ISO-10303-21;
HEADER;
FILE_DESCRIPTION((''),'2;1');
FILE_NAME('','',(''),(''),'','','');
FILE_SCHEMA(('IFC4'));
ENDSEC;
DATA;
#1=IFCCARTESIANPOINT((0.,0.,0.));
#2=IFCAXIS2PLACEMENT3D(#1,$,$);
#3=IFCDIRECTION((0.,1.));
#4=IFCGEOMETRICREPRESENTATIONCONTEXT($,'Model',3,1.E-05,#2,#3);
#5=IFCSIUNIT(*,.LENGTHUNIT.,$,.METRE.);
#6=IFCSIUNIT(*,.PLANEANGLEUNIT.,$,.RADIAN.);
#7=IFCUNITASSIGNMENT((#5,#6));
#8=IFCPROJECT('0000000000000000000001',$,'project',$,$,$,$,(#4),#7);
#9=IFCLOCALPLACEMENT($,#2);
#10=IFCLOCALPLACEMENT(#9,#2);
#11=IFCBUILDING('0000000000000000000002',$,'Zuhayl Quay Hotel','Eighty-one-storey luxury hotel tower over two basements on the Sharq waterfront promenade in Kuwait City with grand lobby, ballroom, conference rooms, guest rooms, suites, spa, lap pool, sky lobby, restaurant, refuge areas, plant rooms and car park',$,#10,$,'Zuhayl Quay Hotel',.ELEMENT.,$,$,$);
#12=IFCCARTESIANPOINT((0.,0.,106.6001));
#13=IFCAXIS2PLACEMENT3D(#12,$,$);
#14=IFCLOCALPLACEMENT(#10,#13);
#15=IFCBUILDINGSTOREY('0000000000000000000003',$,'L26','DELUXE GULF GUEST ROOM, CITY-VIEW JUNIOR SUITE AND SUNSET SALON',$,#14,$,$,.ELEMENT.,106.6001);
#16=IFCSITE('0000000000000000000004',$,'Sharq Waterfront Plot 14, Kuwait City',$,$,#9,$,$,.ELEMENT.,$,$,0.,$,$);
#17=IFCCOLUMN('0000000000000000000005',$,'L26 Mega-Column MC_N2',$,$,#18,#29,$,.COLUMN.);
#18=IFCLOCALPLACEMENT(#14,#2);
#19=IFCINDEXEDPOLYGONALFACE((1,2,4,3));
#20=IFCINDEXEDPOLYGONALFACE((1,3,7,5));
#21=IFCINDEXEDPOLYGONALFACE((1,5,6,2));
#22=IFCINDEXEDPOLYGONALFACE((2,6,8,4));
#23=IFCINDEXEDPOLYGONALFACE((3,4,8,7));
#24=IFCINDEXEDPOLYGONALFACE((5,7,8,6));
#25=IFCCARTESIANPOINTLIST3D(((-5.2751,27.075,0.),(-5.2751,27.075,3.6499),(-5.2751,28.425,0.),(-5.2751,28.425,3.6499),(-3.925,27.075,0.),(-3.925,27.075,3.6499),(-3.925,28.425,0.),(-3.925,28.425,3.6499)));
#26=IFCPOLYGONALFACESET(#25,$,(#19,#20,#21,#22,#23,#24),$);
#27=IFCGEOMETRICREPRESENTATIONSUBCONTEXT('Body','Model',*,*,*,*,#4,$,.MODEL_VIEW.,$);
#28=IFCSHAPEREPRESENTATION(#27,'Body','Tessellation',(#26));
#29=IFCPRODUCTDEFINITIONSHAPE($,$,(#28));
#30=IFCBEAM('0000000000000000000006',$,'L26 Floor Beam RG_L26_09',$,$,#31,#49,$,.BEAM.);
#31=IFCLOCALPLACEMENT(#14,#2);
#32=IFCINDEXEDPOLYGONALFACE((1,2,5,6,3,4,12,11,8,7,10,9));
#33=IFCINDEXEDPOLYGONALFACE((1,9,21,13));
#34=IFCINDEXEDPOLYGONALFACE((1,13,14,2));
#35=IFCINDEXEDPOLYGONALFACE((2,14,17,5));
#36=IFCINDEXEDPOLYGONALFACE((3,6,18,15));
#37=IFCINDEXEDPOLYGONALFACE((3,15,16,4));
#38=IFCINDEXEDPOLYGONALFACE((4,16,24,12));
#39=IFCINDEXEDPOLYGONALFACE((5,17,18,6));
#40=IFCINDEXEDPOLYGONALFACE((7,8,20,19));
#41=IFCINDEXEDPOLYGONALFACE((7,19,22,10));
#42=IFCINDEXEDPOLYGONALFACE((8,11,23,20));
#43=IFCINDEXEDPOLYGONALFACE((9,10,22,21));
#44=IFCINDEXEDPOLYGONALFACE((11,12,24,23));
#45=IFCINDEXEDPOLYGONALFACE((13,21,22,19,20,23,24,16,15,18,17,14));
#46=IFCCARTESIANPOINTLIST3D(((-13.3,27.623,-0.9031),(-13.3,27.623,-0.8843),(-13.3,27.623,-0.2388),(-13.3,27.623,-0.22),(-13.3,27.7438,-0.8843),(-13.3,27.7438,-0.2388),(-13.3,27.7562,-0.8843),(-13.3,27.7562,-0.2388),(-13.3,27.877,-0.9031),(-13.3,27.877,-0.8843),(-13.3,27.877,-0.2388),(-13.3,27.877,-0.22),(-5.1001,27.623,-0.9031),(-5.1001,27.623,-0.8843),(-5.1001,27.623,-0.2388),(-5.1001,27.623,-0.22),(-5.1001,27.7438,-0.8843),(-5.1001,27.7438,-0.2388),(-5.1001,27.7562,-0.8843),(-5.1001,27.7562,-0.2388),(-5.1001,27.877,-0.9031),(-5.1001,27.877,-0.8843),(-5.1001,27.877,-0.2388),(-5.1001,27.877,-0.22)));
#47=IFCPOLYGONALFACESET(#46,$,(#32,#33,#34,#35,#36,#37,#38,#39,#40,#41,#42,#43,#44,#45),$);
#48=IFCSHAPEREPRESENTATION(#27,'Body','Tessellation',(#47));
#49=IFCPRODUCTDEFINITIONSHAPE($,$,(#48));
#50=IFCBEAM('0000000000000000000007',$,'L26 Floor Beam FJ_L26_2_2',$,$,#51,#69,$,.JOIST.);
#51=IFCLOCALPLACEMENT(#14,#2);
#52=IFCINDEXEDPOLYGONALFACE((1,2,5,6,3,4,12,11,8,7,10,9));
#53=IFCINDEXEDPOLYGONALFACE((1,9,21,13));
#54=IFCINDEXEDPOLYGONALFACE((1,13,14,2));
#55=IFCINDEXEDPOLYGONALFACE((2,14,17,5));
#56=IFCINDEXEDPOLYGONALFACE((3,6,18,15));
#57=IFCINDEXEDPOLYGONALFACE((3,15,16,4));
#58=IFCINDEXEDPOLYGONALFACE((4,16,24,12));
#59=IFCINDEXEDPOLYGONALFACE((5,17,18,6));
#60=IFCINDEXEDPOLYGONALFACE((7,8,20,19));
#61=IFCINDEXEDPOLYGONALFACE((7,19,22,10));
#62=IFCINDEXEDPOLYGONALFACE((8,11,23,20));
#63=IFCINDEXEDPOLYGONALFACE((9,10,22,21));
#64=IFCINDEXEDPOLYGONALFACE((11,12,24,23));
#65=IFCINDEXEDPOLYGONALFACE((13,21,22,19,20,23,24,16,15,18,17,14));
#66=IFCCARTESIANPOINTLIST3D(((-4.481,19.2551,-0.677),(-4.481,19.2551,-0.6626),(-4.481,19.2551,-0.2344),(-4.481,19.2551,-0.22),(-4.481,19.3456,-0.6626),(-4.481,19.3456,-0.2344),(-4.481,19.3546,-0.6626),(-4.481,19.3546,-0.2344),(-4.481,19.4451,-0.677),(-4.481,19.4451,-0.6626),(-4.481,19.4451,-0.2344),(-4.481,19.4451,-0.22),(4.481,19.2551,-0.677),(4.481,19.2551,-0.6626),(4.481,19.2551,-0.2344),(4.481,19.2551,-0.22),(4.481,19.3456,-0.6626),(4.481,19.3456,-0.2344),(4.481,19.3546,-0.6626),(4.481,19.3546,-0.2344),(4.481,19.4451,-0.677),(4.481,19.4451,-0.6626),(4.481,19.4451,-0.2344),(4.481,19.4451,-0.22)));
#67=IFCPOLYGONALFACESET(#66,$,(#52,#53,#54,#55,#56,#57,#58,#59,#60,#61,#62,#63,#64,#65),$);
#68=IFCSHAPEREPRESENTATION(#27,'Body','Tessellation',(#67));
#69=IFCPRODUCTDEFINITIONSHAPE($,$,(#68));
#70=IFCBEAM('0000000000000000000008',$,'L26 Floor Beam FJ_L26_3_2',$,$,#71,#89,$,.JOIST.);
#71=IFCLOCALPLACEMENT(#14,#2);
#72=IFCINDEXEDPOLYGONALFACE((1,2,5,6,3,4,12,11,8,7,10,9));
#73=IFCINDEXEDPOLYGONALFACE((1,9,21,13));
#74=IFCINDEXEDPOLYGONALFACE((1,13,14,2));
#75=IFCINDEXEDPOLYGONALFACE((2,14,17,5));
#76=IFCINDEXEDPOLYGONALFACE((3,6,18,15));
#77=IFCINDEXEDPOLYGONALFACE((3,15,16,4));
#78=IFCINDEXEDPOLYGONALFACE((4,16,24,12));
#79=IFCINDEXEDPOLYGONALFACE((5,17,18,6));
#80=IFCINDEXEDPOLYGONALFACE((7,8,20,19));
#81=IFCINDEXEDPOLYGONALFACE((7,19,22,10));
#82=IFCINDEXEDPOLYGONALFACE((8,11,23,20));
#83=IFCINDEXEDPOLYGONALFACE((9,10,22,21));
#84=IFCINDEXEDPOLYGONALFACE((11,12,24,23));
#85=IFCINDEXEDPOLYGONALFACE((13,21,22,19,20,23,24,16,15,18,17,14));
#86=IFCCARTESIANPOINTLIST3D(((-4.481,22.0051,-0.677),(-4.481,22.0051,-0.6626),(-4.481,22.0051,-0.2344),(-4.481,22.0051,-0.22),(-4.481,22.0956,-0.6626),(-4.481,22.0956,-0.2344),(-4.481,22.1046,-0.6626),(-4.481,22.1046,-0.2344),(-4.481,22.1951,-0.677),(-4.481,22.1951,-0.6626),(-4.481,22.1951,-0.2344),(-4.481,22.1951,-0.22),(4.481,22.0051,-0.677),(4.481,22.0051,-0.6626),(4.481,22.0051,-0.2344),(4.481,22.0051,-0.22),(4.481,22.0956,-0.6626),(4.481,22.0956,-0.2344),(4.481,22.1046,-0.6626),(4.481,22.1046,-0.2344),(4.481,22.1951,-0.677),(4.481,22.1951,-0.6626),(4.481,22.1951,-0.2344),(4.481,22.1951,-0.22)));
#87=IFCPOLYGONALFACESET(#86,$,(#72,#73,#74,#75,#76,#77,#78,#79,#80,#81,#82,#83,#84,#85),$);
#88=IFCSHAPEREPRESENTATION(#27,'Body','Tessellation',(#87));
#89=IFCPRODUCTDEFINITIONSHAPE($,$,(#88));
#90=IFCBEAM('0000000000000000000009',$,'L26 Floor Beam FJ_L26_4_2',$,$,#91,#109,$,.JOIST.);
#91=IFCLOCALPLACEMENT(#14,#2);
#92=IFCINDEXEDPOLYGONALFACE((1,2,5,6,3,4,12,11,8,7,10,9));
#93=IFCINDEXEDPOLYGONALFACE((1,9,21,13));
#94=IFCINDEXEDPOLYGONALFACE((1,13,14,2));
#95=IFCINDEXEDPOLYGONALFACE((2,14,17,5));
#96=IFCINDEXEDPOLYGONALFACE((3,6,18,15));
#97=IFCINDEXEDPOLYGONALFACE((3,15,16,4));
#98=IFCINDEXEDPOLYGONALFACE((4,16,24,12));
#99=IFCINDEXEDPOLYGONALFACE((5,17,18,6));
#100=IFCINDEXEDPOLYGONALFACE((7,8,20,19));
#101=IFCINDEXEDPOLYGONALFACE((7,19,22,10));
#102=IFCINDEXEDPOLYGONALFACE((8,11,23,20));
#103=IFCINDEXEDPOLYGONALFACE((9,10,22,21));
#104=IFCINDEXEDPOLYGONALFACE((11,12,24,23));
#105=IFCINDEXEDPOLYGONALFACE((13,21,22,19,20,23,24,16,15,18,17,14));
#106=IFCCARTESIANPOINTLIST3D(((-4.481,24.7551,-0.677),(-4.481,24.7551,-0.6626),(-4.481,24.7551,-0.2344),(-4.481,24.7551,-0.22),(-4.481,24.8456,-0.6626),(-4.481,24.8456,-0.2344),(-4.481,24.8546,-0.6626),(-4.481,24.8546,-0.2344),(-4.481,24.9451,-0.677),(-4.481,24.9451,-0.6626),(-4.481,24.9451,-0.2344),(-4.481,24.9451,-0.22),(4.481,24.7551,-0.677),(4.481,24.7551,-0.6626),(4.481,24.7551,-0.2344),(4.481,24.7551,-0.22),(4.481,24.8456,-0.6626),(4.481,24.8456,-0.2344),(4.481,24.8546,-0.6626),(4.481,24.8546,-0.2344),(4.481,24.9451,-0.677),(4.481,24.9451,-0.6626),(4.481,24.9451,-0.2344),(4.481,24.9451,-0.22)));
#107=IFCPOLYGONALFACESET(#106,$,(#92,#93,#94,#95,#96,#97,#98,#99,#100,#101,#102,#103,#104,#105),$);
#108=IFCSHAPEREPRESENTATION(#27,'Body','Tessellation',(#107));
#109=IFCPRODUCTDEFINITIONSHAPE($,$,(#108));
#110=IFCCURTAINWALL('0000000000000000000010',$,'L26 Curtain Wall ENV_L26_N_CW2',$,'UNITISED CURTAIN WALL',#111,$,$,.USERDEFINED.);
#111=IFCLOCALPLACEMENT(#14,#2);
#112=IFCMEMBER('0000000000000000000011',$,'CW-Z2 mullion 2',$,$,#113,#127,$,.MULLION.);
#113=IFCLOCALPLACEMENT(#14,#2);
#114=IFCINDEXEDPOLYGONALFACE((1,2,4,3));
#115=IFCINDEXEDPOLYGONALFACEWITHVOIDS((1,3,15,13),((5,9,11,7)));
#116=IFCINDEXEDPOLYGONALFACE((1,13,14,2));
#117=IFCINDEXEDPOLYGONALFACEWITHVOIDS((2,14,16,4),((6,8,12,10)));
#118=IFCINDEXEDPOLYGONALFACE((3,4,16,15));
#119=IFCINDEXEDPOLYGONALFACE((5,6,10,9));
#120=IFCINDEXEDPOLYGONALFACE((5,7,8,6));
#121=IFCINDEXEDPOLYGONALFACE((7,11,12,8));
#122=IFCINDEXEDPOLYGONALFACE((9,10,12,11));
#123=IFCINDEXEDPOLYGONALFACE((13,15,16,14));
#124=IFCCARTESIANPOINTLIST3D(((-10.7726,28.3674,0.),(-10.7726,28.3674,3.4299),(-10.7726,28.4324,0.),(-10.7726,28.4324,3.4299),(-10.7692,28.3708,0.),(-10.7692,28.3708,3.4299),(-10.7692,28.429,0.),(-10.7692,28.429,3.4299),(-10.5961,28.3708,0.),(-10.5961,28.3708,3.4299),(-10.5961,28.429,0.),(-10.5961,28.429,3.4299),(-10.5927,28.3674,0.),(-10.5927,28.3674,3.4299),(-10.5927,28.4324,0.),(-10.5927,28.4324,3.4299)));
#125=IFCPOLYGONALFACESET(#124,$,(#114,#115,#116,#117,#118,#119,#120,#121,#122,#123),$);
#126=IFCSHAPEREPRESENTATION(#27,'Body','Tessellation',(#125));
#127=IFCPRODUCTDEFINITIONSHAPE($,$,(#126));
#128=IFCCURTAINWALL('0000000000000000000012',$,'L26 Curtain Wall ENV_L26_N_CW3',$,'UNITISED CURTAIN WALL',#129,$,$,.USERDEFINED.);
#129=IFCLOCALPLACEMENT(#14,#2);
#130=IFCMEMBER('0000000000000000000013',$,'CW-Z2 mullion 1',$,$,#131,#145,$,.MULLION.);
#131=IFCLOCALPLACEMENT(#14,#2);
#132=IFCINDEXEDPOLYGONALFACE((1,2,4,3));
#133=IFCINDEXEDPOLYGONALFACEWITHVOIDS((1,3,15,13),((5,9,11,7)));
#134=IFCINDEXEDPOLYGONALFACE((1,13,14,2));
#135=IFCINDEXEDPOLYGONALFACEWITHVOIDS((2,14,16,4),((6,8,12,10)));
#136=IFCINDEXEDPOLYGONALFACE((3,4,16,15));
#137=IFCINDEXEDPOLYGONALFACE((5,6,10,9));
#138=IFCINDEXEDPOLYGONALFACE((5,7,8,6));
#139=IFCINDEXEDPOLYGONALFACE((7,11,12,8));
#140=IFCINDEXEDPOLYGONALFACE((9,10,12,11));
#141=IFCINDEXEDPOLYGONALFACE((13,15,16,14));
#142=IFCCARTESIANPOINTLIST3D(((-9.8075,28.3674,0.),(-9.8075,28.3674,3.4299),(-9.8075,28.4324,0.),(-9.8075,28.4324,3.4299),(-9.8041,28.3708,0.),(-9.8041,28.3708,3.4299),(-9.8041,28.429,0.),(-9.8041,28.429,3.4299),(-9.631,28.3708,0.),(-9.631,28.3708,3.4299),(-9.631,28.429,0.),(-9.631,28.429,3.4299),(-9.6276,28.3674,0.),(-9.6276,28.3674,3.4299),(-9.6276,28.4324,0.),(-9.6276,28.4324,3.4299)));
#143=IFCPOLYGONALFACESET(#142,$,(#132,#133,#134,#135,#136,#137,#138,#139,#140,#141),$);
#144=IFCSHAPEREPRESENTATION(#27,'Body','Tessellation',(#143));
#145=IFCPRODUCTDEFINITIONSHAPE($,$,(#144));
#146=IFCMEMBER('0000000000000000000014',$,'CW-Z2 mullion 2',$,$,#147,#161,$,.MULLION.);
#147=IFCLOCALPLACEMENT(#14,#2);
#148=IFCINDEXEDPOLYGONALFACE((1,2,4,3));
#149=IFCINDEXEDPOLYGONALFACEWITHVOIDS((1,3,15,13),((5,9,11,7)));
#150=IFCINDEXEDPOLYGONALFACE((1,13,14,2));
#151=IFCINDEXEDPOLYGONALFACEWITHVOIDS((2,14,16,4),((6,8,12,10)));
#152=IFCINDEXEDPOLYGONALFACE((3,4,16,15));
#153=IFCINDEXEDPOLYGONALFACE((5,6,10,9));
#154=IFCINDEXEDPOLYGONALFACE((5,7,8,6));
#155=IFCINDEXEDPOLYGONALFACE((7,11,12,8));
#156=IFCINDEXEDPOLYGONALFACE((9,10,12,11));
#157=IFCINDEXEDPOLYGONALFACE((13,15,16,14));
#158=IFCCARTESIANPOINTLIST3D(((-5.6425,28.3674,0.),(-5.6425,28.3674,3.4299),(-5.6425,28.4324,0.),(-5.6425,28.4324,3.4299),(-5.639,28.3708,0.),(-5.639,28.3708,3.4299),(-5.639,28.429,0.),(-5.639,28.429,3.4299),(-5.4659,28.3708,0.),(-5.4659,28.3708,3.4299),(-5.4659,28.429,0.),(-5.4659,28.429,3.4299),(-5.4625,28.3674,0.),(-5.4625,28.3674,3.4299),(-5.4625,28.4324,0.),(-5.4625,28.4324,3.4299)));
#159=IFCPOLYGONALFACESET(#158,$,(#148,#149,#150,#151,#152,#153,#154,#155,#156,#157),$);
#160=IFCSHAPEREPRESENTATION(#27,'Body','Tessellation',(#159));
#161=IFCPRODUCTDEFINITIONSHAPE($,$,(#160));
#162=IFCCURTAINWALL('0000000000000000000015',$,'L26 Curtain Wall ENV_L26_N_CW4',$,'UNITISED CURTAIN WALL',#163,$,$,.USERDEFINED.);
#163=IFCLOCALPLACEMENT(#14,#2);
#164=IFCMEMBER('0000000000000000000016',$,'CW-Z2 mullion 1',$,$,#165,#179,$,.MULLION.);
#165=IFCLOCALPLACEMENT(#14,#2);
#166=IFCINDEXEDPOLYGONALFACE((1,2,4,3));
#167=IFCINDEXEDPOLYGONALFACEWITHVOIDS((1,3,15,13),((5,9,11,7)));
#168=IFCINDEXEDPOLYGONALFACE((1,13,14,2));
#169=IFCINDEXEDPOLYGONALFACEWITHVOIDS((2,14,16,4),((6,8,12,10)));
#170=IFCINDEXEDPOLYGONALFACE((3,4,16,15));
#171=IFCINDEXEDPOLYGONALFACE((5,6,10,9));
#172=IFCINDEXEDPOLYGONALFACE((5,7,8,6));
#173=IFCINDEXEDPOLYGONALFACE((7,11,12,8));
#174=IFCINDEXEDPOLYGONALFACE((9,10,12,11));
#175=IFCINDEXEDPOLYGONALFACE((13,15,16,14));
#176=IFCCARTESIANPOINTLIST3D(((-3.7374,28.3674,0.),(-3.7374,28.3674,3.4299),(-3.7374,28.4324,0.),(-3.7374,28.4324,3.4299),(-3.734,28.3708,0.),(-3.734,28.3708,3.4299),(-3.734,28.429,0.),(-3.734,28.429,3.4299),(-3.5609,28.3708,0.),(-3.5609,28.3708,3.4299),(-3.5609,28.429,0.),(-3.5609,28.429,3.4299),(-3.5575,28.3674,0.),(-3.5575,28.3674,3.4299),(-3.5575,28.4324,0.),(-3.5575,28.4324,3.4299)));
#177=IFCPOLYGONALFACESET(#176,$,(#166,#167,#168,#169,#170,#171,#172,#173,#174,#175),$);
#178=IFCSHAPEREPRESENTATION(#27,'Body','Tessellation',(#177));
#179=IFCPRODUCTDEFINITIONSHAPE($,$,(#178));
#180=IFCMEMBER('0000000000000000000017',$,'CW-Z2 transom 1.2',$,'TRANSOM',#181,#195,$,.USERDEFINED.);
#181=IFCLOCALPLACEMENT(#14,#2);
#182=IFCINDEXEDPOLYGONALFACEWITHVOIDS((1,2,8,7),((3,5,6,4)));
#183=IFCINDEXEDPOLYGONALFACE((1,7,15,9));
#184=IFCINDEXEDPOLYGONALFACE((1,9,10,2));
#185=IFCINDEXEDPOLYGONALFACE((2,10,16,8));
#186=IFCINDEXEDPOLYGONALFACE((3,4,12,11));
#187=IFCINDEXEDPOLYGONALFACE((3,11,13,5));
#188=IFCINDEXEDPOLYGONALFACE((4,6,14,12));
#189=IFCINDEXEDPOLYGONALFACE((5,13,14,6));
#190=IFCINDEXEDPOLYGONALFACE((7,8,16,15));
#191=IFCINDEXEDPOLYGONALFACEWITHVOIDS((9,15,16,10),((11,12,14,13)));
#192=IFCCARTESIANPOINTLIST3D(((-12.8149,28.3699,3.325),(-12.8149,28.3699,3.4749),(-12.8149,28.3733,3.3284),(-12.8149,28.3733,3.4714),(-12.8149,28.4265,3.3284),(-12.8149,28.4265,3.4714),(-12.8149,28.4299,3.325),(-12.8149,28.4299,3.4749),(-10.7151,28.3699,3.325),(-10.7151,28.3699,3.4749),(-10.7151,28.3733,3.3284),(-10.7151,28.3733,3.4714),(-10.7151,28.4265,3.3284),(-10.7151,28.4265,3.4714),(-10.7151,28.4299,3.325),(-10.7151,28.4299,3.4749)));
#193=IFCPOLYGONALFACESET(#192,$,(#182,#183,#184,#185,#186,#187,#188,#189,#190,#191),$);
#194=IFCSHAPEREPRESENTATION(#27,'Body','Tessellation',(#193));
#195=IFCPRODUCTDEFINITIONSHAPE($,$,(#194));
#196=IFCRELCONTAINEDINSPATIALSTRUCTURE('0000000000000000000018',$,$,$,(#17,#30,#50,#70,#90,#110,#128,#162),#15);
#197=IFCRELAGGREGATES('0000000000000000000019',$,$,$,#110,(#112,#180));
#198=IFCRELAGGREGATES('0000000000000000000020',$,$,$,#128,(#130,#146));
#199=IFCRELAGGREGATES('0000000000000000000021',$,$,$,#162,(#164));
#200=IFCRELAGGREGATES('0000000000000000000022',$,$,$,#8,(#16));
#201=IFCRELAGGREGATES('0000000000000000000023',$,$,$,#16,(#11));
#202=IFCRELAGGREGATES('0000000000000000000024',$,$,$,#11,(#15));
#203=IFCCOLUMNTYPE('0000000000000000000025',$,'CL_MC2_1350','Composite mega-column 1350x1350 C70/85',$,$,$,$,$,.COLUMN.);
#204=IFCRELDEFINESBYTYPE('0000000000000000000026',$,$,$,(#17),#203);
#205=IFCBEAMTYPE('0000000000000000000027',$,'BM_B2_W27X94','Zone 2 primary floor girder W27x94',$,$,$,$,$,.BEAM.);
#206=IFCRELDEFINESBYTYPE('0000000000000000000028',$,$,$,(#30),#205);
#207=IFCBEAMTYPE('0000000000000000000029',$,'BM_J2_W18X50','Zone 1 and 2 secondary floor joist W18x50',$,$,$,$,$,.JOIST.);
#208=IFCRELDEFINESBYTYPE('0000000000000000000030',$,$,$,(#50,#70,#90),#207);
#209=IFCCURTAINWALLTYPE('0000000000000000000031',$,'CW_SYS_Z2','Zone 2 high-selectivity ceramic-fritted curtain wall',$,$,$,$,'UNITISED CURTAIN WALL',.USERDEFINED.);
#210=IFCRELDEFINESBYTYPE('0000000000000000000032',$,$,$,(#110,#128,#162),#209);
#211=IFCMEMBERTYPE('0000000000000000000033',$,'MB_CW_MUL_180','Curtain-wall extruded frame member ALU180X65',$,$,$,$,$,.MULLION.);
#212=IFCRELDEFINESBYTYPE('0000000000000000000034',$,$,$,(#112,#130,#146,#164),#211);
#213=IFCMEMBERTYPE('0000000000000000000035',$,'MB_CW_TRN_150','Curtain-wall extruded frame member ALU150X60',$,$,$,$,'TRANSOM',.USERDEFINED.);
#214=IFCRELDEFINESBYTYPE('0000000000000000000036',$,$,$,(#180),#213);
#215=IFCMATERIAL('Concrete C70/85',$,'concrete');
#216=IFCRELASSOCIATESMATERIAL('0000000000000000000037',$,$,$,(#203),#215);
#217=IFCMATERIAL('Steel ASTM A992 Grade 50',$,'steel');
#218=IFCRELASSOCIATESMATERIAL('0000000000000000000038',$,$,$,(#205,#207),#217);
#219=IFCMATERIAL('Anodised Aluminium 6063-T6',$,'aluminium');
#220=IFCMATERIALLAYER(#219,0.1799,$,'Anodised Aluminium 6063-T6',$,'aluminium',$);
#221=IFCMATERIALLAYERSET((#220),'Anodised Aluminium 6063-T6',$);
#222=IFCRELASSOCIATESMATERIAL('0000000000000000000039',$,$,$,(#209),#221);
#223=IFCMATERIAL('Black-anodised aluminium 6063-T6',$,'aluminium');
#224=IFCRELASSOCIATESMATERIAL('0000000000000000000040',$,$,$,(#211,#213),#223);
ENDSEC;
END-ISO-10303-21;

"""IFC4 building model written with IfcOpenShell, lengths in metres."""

from ifc_helpers import new_model, si_unit, direction, frame, origin, origin_2d, place, context, subcontext, project, spatial, rectangle, hollow_rectangle, i_section, extrude, material, layer, layer_set, material_profile, profile_set, type_object, element, aggregate, save


model = new_model("IFC4")

# Units and contexts
model_context = context("Model", 3, precision=1e-05, world=origin(), true_north=direction((0.0, 1.0)))
body_context = subcontext(model_context, "Body", "Model", "MODEL_VIEW")
ifc_project = project(units=[si_unit("LENGTHUNIT", "METRE"), si_unit("PLANEANGLEUNIT", "RADIAN")], contexts=[model_context])

# Site, building, storey
site_placement = place(None, origin())
site = spatial("IfcSite", under=ifc_project, at=site_placement, Name="Sharq Waterfront Plot 14, Kuwait City", CompositionType="ELEMENT", RefElevation=0.0)
building_placement = place(site_placement, origin())
building = spatial("IfcBuilding", under=site, at=building_placement, Name="Zuhayl Quay Hotel", Description="Eighty-one-storey luxury hotel tower over two basements on the Sharq waterfront promenade in Kuwait City with grand lobby, ballroom, conference rooms, guest rooms, suites, spa, lap pool, sky lobby, restaurant, refuge areas, plant rooms and car park", LongName="Zuhayl Quay Hotel", CompositionType="ELEMENT")
storey_placement = place(building_placement, frame((0.0, 0.0, 106.6001)))
storey = spatial("IfcBuildingStorey", under=building, at=storey_placement, Name="L26", Description="DELUXE GULF GUEST ROOM, CITY-VIEW JUNIOR SUITE AND SUNSET SALON", CompositionType="ELEMENT", Elevation=106.6001)

# Column
ifc_material_1 = material(Name="Concrete C70/85", Category="concrete")
ifc_material_profile_1 = material_profile(ifc_material_1, rectangle(XDim=1.3501, YDim=1.3501, at=origin_2d()), Name="RC1350X1350")
ifc_profile_set_1 = profile_set([ifc_material_profile_1], Name="Concrete C70/85")
column_type = type_object("IfcColumnType", Name="CL_MC2_1350", Description="Composite mega-column 1350x1350 C70/85", PredefinedType="COLUMN", material=ifc_profile_set_1)
column_placement = place(storey_placement, frame((-4.6001, 27.75, 0.0), z_axis=(0.0, 0.0, 1.0), x_axis=(1.0, 0.0, 0.0)))
element("IfcColumn", 1, at=column_placement, inside=storey, type_object=column_type, Name="L26 Mega-Column MC_N2", PredefinedType="COLUMN", context=body_context, shape_type="SweptSolid", body=[
    extrude(rectangle(XDim=1.3501, YDim=1.3501, at=origin_2d()), origin(), (0.0, 0.0, 1.0), 3.6499),
])

# Beams
ifc_material_2 = material(Name="Steel ASTM A992 Grade 50", Category="steel")
ifc_material_profile_2 = material_profile(ifc_material_2, i_section(OverallWidth=0.2539, OverallDepth=0.6831, WebThickness=0.0125, FlangeThickness=0.0188, at=origin_2d()), Name="W27X94")
ifc_profile_set_2 = profile_set([ifc_material_profile_2], Name="Steel ASTM A992 Grade 50")
beam_type_1 = type_object("IfcBeamType", Name="BM_B2_W27X94", Description="Zone 2 primary floor girder W27x94", PredefinedType="BEAM", material=ifc_profile_set_2)
beam_placement = place(storey_placement, frame((-5.1001, 27.75, -0.5615), z_axis=(-1.0, 0.0, 0.0), x_axis=(0.0, -1.0, 0.0)))
element("IfcBeam", 2, at=beam_placement, inside=storey, type_object=beam_type_1, Name="L26 Floor Beam RG_L26_09", PredefinedType="BEAM", context=body_context, shape_type="SweptSolid", body=[
    extrude(i_section(OverallWidth=0.2539, OverallDepth=0.6831, WebThickness=0.0125, FlangeThickness=0.0188, at=origin_2d()), origin(), (0.0, 0.0, 1.0), 8.2),
])
ifc_material_profile_3 = material_profile(ifc_material_2, i_section(OverallWidth=0.1899, OverallDepth=0.457, WebThickness=0.009, FlangeThickness=0.0144, at=origin_2d()), Name="W18X50")
ifc_profile_set_3 = profile_set([ifc_material_profile_3], Name="Steel ASTM A992 Grade 50")
beam_type_2 = type_object("IfcBeamType", Name="BM_J2_W18X50", Description="Zone 1 and 2 secondary floor joist W18x50", PredefinedType="JOIST", material=ifc_profile_set_3)
for number, where, z_axis, x_axis, name in (
    (3, (-4.481, 19.3501, -0.4485), (1.0, 0.0, 0.0), (0.0, 1.0, 0.0), "L26 Floor Beam FJ_L26_2_2"),
    (4, (-4.481, 22.1001, -0.4485), (1.0, 0.0, 0.0), (0.0, 1.0, 0.0), "L26 Floor Beam FJ_L26_3_2"),
    (5, (-4.481, 24.8501, -0.4485), (1.0, 0.0, 0.0), (0.0, 1.0, 0.0), "L26 Floor Beam FJ_L26_4_2"),
):
    element("IfcBeam", number, at=place(storey_placement, frame(where, z_axis=z_axis, x_axis=x_axis)), inside=storey, type_object=beam_type_2, Name=name, PredefinedType="JOIST", context=body_context, shape_type="SweptSolid", body=[
        extrude(i_section(OverallWidth=0.1899, OverallDepth=0.457, WebThickness=0.009, FlangeThickness=0.0144, at=origin_2d()), origin(), (0.0, 0.0, 1.0), 8.9619),
    ])

# Curtain wall, member
ifc_material_3 = material(Name="Anodised Aluminium 6063-T6", Category="aluminium")
ifc_layer_1 = layer(ifc_material_3, 0.1799, Name="Anodised Aluminium 6063-T6", Category="aluminium")
ifc_layer_set_1 = layer_set([ifc_layer_1], Name="Anodised Aluminium 6063-T6")
curtain_wall_type = type_object("IfcCurtainWallType", Name="CW_SYS_Z2", Description="Zone 2 high-selectivity ceramic-fritted curtain wall", ElementType="UNITISED CURTAIN WALL", PredefinedType="USERDEFINED", material=ifc_layer_set_1)
curtain_wall_1_placement = place(storey_placement, origin())
curtain_wall_1 = element("IfcCurtainWall", 6, at=curtain_wall_1_placement, inside=storey, type_object=curtain_wall_type, Name="L26 Curtain Wall ENV_L26_N_CW2", ObjectType="UNITISED CURTAIN WALL", PredefinedType="USERDEFINED")
ifc_material_4 = material(Name="Black-anodised aluminium 6063-T6", Category="aluminium")
ifc_material_profile_4 = material_profile(ifc_material_4, hollow_rectangle(XDim=0.0649, YDim=0.1799, WallThickness=0.0034, at=origin_2d()), Name="ALU180X65")
ifc_profile_set_4 = profile_set([ifc_material_profile_4], Name="Black-anodised aluminium 6063-T6")
member_type_1 = type_object("IfcMemberType", Name="MB_CW_MUL_180", Description="Curtain-wall extruded frame member ALU180X65", PredefinedType="MULLION", material=ifc_profile_set_4)
member_1_placement = place(storey_placement, frame((-10.6826, 28.3999, 0.0), z_axis=(0.0, 0.0, 1.0), x_axis=(0.0, 1.0, 0.0)))
member_1 = element("IfcMember", 7, at=member_1_placement, type_object=member_type_1, Name="CW-Z2 mullion 2", PredefinedType="MULLION", context=body_context, shape_type="SweptSolid", body=[
    extrude(hollow_rectangle(XDim=0.0649, YDim=0.1799, WallThickness=0.0034, at=origin_2d()), origin(), (0.0, 0.0, 1.0), 3.4299),
])

# Curtain wall, members
curtain_wall_2_placement = place(storey_placement, origin())
curtain_wall_2 = element("IfcCurtainWall", 8, at=curtain_wall_2_placement, inside=storey, type_object=curtain_wall_type, Name="L26 Curtain Wall ENV_L26_N_CW3", ObjectType="UNITISED CURTAIN WALL", PredefinedType="USERDEFINED")
member_2_placement = place(storey_placement, frame((-9.7175, 28.3999, 0.0), z_axis=(0.0, 0.0, 1.0), x_axis=(0.0, 1.0, 0.0)))
member_2 = element("IfcMember", 9, at=member_2_placement, type_object=member_type_1, Name="CW-Z2 mullion 1", PredefinedType="MULLION", context=body_context, shape_type="SweptSolid", body=[
    extrude(hollow_rectangle(XDim=0.0649, YDim=0.1799, WallThickness=0.0034, at=origin_2d()), origin(), (0.0, 0.0, 1.0), 3.4299),
])
member_3_placement = place(storey_placement, frame((-5.5525, 28.3999, 0.0), z_axis=(0.0, 0.0, 1.0), x_axis=(0.0, 1.0, 0.0)))
member_3 = element("IfcMember", 10, at=member_3_placement, type_object=member_type_1, Name="CW-Z2 mullion 2", PredefinedType="MULLION", context=body_context, shape_type="SweptSolid", body=[
    extrude(hollow_rectangle(XDim=0.0649, YDim=0.1799, WallThickness=0.0034, at=origin_2d()), origin(), (0.0, 0.0, 1.0), 3.4299),
])

# Curtain wall, member
curtain_wall_3_placement = place(storey_placement, origin())
curtain_wall_3 = element("IfcCurtainWall", 11, at=curtain_wall_3_placement, inside=storey, type_object=curtain_wall_type, Name="L26 Curtain Wall ENV_L26_N_CW4", ObjectType="UNITISED CURTAIN WALL", PredefinedType="USERDEFINED")
member_4_placement = place(storey_placement, frame((-3.6475, 28.3999, 0.0), z_axis=(0.0, 0.0, 1.0), x_axis=(0.0, 1.0, 0.0)))
member_4 = element("IfcMember", 12, at=member_4_placement, type_object=member_type_1, Name="CW-Z2 mullion 1", PredefinedType="MULLION", context=body_context, shape_type="SweptSolid", body=[
    extrude(hollow_rectangle(XDim=0.0649, YDim=0.1799, WallThickness=0.0034, at=origin_2d()), origin(), (0.0, 0.0, 1.0), 3.4299),
])

# Member
ifc_material_profile_5 = material_profile(ifc_material_4, hollow_rectangle(XDim=0.0601, YDim=0.1499, WallThickness=0.0034, at=origin_2d()), Name="ALU150X60")
ifc_profile_set_5 = profile_set([ifc_material_profile_5], Name="Black-anodised aluminium 6063-T6")
member_type_2 = type_object("IfcMemberType", Name="MB_CW_TRN_150", Description="Curtain-wall extruded frame member ALU150X60", ElementType="TRANSOM", PredefinedType="USERDEFINED", material=ifc_profile_set_5)
member_5_placement = place(storey_placement, frame((-12.8149, 28.3999, 3.3999), z_axis=(1.0, 0.0, 0.0), x_axis=(0.0, 1.0, 0.0)))
member_5 = element("IfcMember", 13, at=member_5_placement, type_object=member_type_2, Name="CW-Z2 transom 1.2", ObjectType="TRANSOM", PredefinedType="USERDEFINED", context=body_context, shape_type="SweptSolid", body=[
    extrude(hollow_rectangle(XDim=0.0601, YDim=0.1499, WallThickness=0.0034, at=origin_2d()), origin(), (0.0, 0.0, 1.0), 2.0999),
])

aggregate(curtain_wall_1, [member_1, member_5])
aggregate(curtain_wall_2, [member_2, member_3])
aggregate(curtain_wall_3, [member_4])

save(model, "model.ifc")
